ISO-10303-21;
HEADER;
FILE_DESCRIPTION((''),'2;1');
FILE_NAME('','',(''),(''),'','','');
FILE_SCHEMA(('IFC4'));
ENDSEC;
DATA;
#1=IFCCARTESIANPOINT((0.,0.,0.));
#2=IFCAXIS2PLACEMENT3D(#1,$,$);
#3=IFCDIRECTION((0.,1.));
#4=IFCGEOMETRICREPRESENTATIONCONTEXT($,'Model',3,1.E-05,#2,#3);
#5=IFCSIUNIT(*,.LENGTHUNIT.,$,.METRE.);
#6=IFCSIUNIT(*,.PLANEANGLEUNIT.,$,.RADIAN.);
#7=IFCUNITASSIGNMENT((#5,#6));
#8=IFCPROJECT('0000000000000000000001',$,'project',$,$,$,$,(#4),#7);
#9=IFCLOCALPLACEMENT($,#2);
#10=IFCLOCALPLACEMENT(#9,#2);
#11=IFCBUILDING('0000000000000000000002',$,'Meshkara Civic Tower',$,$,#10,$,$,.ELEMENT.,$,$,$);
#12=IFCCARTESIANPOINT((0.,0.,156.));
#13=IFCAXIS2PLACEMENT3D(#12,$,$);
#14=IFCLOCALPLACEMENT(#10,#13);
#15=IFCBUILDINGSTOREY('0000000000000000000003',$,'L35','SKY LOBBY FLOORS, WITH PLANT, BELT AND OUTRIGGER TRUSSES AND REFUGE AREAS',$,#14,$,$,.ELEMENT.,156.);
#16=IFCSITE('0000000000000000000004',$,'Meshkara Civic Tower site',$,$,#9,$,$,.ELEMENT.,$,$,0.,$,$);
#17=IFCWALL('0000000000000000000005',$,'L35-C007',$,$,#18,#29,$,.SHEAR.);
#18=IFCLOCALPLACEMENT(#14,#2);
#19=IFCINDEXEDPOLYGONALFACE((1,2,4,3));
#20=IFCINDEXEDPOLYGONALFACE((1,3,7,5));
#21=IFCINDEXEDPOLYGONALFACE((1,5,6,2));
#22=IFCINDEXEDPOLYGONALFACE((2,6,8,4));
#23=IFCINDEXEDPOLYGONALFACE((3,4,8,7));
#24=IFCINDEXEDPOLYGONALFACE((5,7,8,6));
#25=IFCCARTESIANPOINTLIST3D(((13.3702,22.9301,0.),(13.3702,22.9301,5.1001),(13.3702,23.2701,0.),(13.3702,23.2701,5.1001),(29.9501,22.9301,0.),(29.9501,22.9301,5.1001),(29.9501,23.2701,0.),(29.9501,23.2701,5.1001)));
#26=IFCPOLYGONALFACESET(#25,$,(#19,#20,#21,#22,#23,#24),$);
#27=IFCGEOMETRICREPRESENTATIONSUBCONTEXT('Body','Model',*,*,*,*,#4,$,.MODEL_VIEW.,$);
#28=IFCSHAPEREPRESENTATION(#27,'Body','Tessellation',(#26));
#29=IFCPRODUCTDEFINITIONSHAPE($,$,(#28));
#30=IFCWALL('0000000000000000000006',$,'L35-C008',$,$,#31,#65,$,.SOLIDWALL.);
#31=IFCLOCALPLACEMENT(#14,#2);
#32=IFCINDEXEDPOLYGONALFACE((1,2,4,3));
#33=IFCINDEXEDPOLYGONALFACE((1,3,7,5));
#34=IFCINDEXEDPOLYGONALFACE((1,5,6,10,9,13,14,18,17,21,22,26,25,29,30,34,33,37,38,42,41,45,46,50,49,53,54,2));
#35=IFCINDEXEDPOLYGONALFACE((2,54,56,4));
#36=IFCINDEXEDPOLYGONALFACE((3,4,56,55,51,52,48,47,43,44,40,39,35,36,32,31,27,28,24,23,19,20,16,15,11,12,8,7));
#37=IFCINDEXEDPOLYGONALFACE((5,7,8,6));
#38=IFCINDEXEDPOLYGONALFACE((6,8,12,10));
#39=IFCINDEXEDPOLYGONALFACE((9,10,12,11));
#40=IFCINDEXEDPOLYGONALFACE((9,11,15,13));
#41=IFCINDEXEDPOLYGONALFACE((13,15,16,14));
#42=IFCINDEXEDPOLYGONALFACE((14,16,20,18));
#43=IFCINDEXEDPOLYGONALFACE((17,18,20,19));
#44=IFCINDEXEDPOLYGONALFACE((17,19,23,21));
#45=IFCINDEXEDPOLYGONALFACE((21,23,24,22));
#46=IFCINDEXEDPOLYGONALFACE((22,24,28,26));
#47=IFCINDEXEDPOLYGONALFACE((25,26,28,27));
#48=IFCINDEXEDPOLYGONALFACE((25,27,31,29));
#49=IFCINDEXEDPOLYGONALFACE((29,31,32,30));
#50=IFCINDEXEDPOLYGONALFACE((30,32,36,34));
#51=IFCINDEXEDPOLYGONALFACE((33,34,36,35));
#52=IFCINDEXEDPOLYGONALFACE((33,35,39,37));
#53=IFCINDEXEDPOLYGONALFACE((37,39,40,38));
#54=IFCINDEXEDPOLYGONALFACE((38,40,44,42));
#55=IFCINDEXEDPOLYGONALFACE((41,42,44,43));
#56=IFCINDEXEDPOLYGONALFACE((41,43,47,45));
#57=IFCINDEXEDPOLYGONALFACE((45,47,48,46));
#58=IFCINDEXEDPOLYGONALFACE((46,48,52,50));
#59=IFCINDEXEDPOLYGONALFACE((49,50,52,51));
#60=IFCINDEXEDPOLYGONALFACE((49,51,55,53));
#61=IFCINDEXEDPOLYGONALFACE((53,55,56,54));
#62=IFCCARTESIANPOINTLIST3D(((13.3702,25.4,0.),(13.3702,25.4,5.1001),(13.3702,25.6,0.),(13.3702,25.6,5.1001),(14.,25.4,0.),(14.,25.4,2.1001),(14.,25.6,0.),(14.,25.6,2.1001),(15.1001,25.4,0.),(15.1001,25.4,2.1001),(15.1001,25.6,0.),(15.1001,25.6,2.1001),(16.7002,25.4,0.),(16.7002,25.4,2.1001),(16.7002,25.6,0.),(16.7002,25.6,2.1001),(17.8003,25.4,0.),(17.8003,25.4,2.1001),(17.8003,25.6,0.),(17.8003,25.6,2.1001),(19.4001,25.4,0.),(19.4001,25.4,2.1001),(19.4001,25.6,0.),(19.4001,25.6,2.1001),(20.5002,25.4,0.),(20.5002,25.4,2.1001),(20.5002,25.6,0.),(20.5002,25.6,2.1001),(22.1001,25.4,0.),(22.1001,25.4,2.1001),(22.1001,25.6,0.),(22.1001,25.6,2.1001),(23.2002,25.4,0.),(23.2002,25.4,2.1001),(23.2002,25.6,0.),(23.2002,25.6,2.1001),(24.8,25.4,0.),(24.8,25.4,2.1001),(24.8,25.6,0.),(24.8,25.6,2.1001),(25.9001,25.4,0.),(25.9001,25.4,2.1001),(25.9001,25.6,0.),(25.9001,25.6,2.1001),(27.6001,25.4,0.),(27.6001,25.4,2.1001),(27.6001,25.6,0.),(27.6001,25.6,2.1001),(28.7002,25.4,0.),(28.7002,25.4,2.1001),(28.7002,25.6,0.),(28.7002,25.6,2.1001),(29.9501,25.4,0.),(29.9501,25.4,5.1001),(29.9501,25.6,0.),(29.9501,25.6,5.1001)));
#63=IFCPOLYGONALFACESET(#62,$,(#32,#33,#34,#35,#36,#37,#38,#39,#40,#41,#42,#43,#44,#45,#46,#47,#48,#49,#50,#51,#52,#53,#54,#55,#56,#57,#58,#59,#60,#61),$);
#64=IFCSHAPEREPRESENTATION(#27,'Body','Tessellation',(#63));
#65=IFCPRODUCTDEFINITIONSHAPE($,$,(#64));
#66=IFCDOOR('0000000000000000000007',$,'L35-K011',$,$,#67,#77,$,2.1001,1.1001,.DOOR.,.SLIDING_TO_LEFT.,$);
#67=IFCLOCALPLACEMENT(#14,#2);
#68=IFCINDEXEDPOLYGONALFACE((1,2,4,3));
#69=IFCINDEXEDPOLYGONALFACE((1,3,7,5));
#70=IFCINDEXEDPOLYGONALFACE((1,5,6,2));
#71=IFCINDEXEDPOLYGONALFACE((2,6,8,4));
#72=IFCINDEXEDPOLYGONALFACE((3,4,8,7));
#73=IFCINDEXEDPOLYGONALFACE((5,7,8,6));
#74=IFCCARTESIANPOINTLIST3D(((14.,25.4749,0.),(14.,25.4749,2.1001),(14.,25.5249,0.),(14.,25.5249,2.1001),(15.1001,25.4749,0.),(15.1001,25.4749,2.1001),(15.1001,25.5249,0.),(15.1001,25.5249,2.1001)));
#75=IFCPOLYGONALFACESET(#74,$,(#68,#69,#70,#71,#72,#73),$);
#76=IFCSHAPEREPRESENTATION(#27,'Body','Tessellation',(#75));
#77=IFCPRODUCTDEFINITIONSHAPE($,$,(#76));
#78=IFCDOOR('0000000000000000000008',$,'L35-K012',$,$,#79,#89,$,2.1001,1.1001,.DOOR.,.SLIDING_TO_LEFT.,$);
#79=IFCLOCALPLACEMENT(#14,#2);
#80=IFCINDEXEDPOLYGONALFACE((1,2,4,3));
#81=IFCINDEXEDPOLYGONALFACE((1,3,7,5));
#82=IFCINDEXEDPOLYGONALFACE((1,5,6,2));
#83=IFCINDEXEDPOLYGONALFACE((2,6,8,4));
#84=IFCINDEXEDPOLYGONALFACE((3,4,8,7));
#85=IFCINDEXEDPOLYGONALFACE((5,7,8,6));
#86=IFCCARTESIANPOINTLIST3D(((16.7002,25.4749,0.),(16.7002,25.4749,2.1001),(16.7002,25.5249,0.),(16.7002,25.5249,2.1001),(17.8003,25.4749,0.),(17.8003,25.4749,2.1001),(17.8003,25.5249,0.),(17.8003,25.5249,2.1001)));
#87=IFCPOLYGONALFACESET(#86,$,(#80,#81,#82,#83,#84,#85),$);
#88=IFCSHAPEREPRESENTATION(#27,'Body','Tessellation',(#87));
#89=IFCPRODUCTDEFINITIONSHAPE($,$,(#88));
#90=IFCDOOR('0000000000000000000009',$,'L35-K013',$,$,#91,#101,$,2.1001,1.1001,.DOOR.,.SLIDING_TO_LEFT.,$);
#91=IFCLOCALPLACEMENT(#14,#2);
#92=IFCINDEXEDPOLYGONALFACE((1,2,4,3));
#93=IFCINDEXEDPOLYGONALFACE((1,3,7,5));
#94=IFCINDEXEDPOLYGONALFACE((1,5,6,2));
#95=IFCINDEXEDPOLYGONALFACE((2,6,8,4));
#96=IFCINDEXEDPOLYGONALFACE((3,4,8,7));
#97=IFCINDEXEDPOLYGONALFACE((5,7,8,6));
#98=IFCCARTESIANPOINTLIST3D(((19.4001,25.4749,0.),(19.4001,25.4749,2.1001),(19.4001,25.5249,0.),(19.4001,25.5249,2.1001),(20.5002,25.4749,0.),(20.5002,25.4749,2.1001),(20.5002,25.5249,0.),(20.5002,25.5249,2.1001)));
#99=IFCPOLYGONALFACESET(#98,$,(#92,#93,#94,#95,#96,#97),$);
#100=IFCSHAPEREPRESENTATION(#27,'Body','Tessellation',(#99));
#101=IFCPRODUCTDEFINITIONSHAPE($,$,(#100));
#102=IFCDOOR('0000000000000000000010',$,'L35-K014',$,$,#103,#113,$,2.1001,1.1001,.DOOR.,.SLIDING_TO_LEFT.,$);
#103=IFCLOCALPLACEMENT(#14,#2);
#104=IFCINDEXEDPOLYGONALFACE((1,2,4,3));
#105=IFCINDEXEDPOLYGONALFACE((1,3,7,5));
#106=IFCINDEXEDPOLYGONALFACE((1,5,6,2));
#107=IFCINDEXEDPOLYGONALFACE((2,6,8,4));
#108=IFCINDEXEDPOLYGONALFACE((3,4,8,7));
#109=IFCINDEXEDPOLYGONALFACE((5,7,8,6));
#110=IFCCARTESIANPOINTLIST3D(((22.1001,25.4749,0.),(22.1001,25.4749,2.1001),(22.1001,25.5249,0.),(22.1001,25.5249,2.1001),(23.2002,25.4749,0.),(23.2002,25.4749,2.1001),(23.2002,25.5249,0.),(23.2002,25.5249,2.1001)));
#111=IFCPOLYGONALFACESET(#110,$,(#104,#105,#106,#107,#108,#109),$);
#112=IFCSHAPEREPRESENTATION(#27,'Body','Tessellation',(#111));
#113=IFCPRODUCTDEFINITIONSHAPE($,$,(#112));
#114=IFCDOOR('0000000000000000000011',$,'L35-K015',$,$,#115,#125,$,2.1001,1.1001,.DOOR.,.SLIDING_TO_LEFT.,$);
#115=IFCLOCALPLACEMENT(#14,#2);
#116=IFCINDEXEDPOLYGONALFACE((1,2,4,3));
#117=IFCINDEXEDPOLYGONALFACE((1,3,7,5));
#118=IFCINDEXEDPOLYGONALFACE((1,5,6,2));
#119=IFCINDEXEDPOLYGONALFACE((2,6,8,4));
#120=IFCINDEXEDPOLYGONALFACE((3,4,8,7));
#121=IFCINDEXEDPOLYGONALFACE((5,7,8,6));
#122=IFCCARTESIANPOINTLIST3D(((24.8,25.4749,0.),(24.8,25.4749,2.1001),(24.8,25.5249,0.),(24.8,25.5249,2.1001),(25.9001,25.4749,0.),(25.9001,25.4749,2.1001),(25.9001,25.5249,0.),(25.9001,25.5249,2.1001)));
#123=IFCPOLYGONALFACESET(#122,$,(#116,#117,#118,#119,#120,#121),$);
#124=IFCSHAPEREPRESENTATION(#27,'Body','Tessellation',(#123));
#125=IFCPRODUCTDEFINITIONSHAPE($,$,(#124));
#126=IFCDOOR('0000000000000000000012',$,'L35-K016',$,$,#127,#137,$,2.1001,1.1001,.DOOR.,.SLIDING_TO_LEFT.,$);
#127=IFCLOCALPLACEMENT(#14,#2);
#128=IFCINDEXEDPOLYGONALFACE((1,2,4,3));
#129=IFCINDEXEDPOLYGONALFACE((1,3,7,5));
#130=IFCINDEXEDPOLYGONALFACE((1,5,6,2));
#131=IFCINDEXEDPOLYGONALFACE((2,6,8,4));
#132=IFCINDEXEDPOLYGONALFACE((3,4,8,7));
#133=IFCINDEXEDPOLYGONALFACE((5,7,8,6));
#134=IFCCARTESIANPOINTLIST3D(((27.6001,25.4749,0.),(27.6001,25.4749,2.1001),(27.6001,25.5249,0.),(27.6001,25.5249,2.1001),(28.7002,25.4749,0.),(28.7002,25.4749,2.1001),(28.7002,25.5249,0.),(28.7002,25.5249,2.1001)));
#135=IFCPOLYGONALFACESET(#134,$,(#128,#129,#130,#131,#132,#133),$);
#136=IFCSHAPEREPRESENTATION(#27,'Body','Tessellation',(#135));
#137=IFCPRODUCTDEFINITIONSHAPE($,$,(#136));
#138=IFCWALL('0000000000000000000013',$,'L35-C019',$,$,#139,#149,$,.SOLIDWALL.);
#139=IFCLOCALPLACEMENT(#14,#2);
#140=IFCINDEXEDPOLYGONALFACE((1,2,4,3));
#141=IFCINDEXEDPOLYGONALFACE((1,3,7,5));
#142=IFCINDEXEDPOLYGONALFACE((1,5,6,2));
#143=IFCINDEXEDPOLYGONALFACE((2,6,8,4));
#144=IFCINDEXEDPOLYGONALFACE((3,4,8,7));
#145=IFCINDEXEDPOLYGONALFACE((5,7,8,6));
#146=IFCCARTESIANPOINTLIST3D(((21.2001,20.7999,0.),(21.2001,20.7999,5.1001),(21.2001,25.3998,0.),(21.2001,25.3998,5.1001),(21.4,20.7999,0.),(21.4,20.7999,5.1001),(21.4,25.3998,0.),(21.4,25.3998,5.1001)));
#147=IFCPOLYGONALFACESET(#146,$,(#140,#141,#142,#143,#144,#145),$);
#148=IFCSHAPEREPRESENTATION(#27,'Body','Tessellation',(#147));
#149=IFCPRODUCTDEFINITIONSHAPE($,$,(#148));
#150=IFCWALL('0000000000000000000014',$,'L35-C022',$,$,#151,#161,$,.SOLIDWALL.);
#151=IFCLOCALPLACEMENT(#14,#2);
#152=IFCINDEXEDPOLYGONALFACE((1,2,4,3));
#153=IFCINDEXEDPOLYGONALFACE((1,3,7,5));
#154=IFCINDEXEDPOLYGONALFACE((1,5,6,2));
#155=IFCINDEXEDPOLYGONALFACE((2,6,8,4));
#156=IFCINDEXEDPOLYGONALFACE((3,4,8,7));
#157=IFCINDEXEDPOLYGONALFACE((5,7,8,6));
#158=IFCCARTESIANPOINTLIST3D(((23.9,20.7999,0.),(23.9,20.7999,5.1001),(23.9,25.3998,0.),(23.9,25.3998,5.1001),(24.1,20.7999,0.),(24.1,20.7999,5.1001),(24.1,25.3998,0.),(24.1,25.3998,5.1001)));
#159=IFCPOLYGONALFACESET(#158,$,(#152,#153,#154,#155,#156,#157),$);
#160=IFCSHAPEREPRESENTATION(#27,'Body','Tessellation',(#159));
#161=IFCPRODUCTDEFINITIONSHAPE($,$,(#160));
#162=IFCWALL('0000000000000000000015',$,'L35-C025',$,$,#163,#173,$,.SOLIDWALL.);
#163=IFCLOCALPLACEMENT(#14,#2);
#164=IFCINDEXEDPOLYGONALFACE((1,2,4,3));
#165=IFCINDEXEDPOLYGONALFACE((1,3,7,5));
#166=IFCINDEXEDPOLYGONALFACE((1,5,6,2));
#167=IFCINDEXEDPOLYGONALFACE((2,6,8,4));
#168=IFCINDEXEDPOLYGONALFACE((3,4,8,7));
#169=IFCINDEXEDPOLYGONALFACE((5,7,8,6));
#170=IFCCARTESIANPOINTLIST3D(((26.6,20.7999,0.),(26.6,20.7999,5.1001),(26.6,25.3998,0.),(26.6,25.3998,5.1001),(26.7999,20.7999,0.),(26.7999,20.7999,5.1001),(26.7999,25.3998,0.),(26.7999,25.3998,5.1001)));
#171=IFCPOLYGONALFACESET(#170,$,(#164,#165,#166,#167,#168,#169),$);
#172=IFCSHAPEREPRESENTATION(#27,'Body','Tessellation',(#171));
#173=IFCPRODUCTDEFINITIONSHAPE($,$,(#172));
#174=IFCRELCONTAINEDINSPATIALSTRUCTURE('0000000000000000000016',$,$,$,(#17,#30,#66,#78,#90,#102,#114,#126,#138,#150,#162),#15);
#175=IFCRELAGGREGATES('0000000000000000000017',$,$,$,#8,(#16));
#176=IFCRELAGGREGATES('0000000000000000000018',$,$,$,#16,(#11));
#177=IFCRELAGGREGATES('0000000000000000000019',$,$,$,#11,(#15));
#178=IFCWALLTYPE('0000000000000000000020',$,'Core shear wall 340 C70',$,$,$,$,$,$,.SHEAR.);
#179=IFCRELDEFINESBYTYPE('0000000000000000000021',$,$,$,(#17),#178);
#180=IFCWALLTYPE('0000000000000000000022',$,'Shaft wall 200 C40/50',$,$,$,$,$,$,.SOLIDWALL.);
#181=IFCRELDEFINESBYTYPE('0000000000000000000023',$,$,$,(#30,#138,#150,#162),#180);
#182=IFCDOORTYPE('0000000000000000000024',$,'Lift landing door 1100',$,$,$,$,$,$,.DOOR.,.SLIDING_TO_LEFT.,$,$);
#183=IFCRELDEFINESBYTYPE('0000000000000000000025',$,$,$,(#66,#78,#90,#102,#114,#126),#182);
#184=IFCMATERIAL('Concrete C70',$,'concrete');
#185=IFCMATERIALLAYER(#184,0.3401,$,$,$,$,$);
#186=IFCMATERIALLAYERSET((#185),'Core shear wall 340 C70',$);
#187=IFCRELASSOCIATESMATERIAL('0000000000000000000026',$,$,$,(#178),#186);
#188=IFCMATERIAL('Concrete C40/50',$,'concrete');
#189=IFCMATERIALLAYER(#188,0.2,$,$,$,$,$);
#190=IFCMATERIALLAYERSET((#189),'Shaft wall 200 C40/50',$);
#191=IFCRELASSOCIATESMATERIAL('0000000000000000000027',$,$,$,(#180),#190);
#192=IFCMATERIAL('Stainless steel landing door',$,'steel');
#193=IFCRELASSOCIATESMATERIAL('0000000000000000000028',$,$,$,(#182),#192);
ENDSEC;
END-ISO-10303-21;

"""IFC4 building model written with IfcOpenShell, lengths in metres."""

from ifc_helpers import new_model, si_unit, direction, frame, frame_2d, origin, place, context, subcontext, project, spatial, rectangle, extrude, material, layer, layer_set, type_object, element, fill, save


model = new_model("IFC4")

# Units and contexts
model_context = context("Model", 3, precision=1e-05, world=origin(), true_north=direction((0.0, 1.0)))
body_context = subcontext(model_context, "Body", "Model", "MODEL_VIEW")
ifc_project = project(units=[si_unit("LENGTHUNIT", "METRE"), si_unit("PLANEANGLEUNIT", "RADIAN")], contexts=[model_context])

# Site, building, storey
site_placement = place(None, origin())
site = spatial("IfcSite", under=ifc_project, at=site_placement, Name="Meshkara Civic Tower site", CompositionType="ELEMENT", RefElevation=0.0)
building_placement = place(site_placement, origin())
building = spatial("IfcBuilding", under=site, at=building_placement, Name="Meshkara Civic Tower", CompositionType="ELEMENT")
storey_placement = place(building_placement, frame((0.0, 0.0, 156.0)))
storey = spatial("IfcBuildingStorey", under=building, at=storey_placement, Name="L35", Description="SKY LOBBY FLOORS, WITH PLANT, BELT AND OUTRIGGER TRUSSES AND REFUGE AREAS", CompositionType="ELEMENT", Elevation=156.0)

# Wall
ifc_material_1 = material(Name="Concrete C70", Category="concrete")
ifc_layer_1 = layer(ifc_material_1, 0.3401)
ifc_layer_set_1 = layer_set([ifc_layer_1], Name="Core shear wall 340 C70")
wall_type_1 = type_object("IfcWallType", Name="Core shear wall 340 C70", PredefinedType="SHEAR", material=ifc_layer_set_1)
wall_1_placement = place(storey_placement, frame((13.3701, 23.1001, 0.0), z_axis=(0.0, 0.0, 1.0), x_axis=(1.0, 0.0, 0.0)))
element("IfcWall", 1, at=wall_1_placement, inside=storey, type_object=wall_type_1, Name="L35-C007", PredefinedType="SHEAR", context=body_context, shape_type="SweptSolid", body=[
    extrude(rectangle(XDim=16.5798, YDim=0.3401, at=frame_2d((8.29, 0.0))), origin(), (0.0, 0.0, 1.0), 5.1001),
])

# Wall, openings, doors
ifc_material_2 = material(Name="Concrete C40/50", Category="concrete")
ifc_layer_2 = layer(ifc_material_2, 0.2)
ifc_layer_set_2 = layer_set([ifc_layer_2], Name="Shaft wall 200 C40/50")
wall_type_2 = type_object("IfcWallType", Name="Shaft wall 200 C40/50", PredefinedType="SOLIDWALL", material=ifc_layer_set_2)
wall_2_placement = place(storey_placement, frame((13.3701, 25.5, 0.0), z_axis=(0.0, 0.0, 1.0), x_axis=(1.0, 0.0, 0.0)))
wall_2 = element("IfcWall", 2, at=wall_2_placement, inside=storey, type_object=wall_type_2, Name="L35-C008", PredefinedType="SOLIDWALL", context=body_context, shape_type="SweptSolid", body=[
    extrude(rectangle(XDim=16.5798, YDim=0.2, at=frame_2d((8.29, 0.0))), origin(), (0.0, 0.0, 1.0), 5.1001),
])
opening_1_placement = place(wall_2_placement, frame((0.6299, 0.0, 0.0)))
opening_1 = element("IfcOpeningElement", 3, at=opening_1_placement, cuts=wall_2, PredefinedType="OPENING", context=body_context, shape_type="SweptSolid", body=[
    extrude(rectangle(XDim=1.1001, YDim=2.1001, at=frame_2d((0.55, 1.05))), frame((0.0, 0.1099, 0.0), z_axis=(0.0, -1.0, 0.0), x_axis=(1.0, 0.0, 0.0)), (0.0, 0.0, 1.0), 0.22),
])
opening_2_placement = place(wall_2_placement, frame((3.3301, 0.0, 0.0)))
opening_2 = element("IfcOpeningElement", 4, at=opening_2_placement, cuts=wall_2, PredefinedType="OPENING", context=body_context, shape_type="SweptSolid", body=[
    extrude(rectangle(XDim=1.1001, YDim=2.1001, at=frame_2d((0.55, 1.05))), frame((0.0, 0.1099, 0.0), z_axis=(0.0, -1.0, 0.0), x_axis=(1.0, 0.0, 0.0)), (0.0, 0.0, 1.0), 0.22),
])
opening_3_placement = place(wall_2_placement, frame((6.03, 0.0, 0.0)))
opening_3 = element("IfcOpeningElement", 5, at=opening_3_placement, cuts=wall_2, PredefinedType="OPENING", context=body_context, shape_type="SweptSolid", body=[
    extrude(rectangle(XDim=1.1001, YDim=2.1001, at=frame_2d((0.55, 1.05))), frame((0.0, 0.1099, 0.0), z_axis=(0.0, -1.0, 0.0), x_axis=(1.0, 0.0, 0.0)), (0.0, 0.0, 1.0), 0.22),
])
opening_4_placement = place(wall_2_placement, frame((8.73, 0.0, 0.0)))
opening_4 = element("IfcOpeningElement", 6, at=opening_4_placement, cuts=wall_2, PredefinedType="OPENING", context=body_context, shape_type="SweptSolid", body=[
    extrude(rectangle(XDim=1.1001, YDim=2.1001, at=frame_2d((0.55, 1.05))), frame((0.0, 0.1099, 0.0), z_axis=(0.0, -1.0, 0.0), x_axis=(1.0, 0.0, 0.0)), (0.0, 0.0, 1.0), 0.22),
])
opening_5_placement = place(wall_2_placement, frame((11.4299, 0.0, 0.0)))
opening_5 = element("IfcOpeningElement", 7, at=opening_5_placement, cuts=wall_2, PredefinedType="OPENING", context=body_context, shape_type="SweptSolid", body=[
    extrude(rectangle(XDim=1.1001, YDim=2.1001, at=frame_2d((0.55, 1.05))), frame((0.0, 0.1099, 0.0), z_axis=(0.0, -1.0, 0.0), x_axis=(1.0, 0.0, 0.0)), (0.0, 0.0, 1.0), 0.22),
])
opening_6_placement = place(wall_2_placement, frame((14.23, 0.0, 0.0)))
opening_6 = element("IfcOpeningElement", 8, at=opening_6_placement, cuts=wall_2, PredefinedType="OPENING", context=body_context, shape_type="SweptSolid", body=[
    extrude(rectangle(XDim=1.1001, YDim=2.1001, at=frame_2d((0.55, 1.05))), frame((0.0, 0.1099, 0.0), z_axis=(0.0, -1.0, 0.0), x_axis=(1.0, 0.0, 0.0)), (0.0, 0.0, 1.0), 0.22),
])
ifc_material_3 = material(Name="Stainless steel landing door", Category="steel")
door_type_1 = type_object("IfcDoorType", Name="Lift landing door 1100", OperationType="SLIDING_TO_LEFT", PredefinedType="DOOR", material=ifc_material_3)
door_1_placement = place(opening_1_placement, origin())
door_1 = element("IfcDoor", 9, at=door_1_placement, inside=storey, type_object=door_type_1, Name="L35-K011", OperationType="SLIDING_TO_LEFT", OverallHeight=2.1001, OverallWidth=1.1001, PredefinedType="DOOR", context=body_context, shape_type="SweptSolid", body=[
    extrude(rectangle(XDim=1.1001, YDim=2.1001, at=frame_2d((0.55, 1.05))), frame((0.0, 0.0249, 0.0), z_axis=(0.0, -1.0, 0.0), x_axis=(1.0, 0.0, 0.0)), (0.0, 0.0, 1.0), 0.05),
])
fill(opening_1, door_1)
door_2_placement = place(opening_2_placement, origin())
door_2 = element("IfcDoor", 10, at=door_2_placement, inside=storey, type_object=door_type_1, Name="L35-K012", OperationType="SLIDING_TO_LEFT", OverallHeight=2.1001, OverallWidth=1.1001, PredefinedType="DOOR", context=body_context, shape_type="SweptSolid", body=[
    extrude(rectangle(XDim=1.1001, YDim=2.1001, at=frame_2d((0.55, 1.05))), frame((0.0, 0.0249, 0.0), z_axis=(0.0, -1.0, 0.0), x_axis=(1.0, 0.0, 0.0)), (0.0, 0.0, 1.0), 0.05),
])
fill(opening_2, door_2)
door_3_placement = place(opening_3_placement, origin())
door_3 = element("IfcDoor", 11, at=door_3_placement, inside=storey, type_object=door_type_1, Name="L35-K013", OperationType="SLIDING_TO_LEFT", OverallHeight=2.1001, OverallWidth=1.1001, PredefinedType="DOOR", context=body_context, shape_type="SweptSolid", body=[
    extrude(rectangle(XDim=1.1001, YDim=2.1001, at=frame_2d((0.55, 1.05))), frame((0.0, 0.0249, 0.0), z_axis=(0.0, -1.0, 0.0), x_axis=(1.0, 0.0, 0.0)), (0.0, 0.0, 1.0), 0.05),
])
fill(opening_3, door_3)
door_4_placement = place(opening_4_placement, origin())
door_4 = element("IfcDoor", 12, at=door_4_placement, inside=storey, type_object=door_type_1, Name="L35-K014", OperationType="SLIDING_TO_LEFT", OverallHeight=2.1001, OverallWidth=1.1001, PredefinedType="DOOR", context=body_context, shape_type="SweptSolid", body=[
    extrude(rectangle(XDim=1.1001, YDim=2.1001, at=frame_2d((0.55, 1.05))), frame((0.0, 0.0249, 0.0), z_axis=(0.0, -1.0, 0.0), x_axis=(1.0, 0.0, 0.0)), (0.0, 0.0, 1.0), 0.05),
])
fill(opening_4, door_4)
door_5_placement = place(opening_5_placement, origin())
door_5 = element("IfcDoor", 13, at=door_5_placement, inside=storey, type_object=door_type_1, Name="L35-K015", OperationType="SLIDING_TO_LEFT", OverallHeight=2.1001, OverallWidth=1.1001, PredefinedType="DOOR", context=body_context, shape_type="SweptSolid", body=[
    extrude(rectangle(XDim=1.1001, YDim=2.1001, at=frame_2d((0.55, 1.05))), frame((0.0, 0.0249, 0.0), z_axis=(0.0, -1.0, 0.0), x_axis=(1.0, 0.0, 0.0)), (0.0, 0.0, 1.0), 0.05),
])
fill(opening_5, door_5)
door_6_placement = place(opening_6_placement, origin())
door_6 = element("IfcDoor", 14, at=door_6_placement, inside=storey, type_object=door_type_1, Name="L35-K016", OperationType="SLIDING_TO_LEFT", OverallHeight=2.1001, OverallWidth=1.1001, PredefinedType="DOOR", context=body_context, shape_type="SweptSolid", body=[
    extrude(rectangle(XDim=1.1001, YDim=2.1001, at=frame_2d((0.55, 1.05))), frame((0.0, 0.0249, 0.0), z_axis=(0.0, -1.0, 0.0), x_axis=(1.0, 0.0, 0.0)), (0.0, 0.0, 1.0), 0.05),
])
fill(opening_6, door_6)

# Walls
for number, where, z_axis, x_axis, name in (
    (15, (21.3, 20.8, 0.0), (0.0, 0.0, 1.0), (0.0, 1.0, 0.0), "L35-C019"),
    (16, (24.0, 20.8, 0.0), (0.0, 0.0, 1.0), (0.0, 1.0, 0.0), "L35-C022"),
    (17, (26.7, 20.8, 0.0), (0.0, 0.0, 1.0), (0.0, 1.0, 0.0), "L35-C025"),
):
    element("IfcWall", number, at=place(storey_placement, frame(where, z_axis=z_axis, x_axis=x_axis)), inside=storey, type_object=wall_type_2, Name=name, PredefinedType="SOLIDWALL", context=body_context, shape_type="SweptSolid", body=[
        extrude(rectangle(XDim=4.5999, YDim=0.2, at=frame_2d((2.2998, 0.0))), origin(), (0.0, 0.0, 1.0), 5.1001),
    ])

save(model, "model.ifc")
